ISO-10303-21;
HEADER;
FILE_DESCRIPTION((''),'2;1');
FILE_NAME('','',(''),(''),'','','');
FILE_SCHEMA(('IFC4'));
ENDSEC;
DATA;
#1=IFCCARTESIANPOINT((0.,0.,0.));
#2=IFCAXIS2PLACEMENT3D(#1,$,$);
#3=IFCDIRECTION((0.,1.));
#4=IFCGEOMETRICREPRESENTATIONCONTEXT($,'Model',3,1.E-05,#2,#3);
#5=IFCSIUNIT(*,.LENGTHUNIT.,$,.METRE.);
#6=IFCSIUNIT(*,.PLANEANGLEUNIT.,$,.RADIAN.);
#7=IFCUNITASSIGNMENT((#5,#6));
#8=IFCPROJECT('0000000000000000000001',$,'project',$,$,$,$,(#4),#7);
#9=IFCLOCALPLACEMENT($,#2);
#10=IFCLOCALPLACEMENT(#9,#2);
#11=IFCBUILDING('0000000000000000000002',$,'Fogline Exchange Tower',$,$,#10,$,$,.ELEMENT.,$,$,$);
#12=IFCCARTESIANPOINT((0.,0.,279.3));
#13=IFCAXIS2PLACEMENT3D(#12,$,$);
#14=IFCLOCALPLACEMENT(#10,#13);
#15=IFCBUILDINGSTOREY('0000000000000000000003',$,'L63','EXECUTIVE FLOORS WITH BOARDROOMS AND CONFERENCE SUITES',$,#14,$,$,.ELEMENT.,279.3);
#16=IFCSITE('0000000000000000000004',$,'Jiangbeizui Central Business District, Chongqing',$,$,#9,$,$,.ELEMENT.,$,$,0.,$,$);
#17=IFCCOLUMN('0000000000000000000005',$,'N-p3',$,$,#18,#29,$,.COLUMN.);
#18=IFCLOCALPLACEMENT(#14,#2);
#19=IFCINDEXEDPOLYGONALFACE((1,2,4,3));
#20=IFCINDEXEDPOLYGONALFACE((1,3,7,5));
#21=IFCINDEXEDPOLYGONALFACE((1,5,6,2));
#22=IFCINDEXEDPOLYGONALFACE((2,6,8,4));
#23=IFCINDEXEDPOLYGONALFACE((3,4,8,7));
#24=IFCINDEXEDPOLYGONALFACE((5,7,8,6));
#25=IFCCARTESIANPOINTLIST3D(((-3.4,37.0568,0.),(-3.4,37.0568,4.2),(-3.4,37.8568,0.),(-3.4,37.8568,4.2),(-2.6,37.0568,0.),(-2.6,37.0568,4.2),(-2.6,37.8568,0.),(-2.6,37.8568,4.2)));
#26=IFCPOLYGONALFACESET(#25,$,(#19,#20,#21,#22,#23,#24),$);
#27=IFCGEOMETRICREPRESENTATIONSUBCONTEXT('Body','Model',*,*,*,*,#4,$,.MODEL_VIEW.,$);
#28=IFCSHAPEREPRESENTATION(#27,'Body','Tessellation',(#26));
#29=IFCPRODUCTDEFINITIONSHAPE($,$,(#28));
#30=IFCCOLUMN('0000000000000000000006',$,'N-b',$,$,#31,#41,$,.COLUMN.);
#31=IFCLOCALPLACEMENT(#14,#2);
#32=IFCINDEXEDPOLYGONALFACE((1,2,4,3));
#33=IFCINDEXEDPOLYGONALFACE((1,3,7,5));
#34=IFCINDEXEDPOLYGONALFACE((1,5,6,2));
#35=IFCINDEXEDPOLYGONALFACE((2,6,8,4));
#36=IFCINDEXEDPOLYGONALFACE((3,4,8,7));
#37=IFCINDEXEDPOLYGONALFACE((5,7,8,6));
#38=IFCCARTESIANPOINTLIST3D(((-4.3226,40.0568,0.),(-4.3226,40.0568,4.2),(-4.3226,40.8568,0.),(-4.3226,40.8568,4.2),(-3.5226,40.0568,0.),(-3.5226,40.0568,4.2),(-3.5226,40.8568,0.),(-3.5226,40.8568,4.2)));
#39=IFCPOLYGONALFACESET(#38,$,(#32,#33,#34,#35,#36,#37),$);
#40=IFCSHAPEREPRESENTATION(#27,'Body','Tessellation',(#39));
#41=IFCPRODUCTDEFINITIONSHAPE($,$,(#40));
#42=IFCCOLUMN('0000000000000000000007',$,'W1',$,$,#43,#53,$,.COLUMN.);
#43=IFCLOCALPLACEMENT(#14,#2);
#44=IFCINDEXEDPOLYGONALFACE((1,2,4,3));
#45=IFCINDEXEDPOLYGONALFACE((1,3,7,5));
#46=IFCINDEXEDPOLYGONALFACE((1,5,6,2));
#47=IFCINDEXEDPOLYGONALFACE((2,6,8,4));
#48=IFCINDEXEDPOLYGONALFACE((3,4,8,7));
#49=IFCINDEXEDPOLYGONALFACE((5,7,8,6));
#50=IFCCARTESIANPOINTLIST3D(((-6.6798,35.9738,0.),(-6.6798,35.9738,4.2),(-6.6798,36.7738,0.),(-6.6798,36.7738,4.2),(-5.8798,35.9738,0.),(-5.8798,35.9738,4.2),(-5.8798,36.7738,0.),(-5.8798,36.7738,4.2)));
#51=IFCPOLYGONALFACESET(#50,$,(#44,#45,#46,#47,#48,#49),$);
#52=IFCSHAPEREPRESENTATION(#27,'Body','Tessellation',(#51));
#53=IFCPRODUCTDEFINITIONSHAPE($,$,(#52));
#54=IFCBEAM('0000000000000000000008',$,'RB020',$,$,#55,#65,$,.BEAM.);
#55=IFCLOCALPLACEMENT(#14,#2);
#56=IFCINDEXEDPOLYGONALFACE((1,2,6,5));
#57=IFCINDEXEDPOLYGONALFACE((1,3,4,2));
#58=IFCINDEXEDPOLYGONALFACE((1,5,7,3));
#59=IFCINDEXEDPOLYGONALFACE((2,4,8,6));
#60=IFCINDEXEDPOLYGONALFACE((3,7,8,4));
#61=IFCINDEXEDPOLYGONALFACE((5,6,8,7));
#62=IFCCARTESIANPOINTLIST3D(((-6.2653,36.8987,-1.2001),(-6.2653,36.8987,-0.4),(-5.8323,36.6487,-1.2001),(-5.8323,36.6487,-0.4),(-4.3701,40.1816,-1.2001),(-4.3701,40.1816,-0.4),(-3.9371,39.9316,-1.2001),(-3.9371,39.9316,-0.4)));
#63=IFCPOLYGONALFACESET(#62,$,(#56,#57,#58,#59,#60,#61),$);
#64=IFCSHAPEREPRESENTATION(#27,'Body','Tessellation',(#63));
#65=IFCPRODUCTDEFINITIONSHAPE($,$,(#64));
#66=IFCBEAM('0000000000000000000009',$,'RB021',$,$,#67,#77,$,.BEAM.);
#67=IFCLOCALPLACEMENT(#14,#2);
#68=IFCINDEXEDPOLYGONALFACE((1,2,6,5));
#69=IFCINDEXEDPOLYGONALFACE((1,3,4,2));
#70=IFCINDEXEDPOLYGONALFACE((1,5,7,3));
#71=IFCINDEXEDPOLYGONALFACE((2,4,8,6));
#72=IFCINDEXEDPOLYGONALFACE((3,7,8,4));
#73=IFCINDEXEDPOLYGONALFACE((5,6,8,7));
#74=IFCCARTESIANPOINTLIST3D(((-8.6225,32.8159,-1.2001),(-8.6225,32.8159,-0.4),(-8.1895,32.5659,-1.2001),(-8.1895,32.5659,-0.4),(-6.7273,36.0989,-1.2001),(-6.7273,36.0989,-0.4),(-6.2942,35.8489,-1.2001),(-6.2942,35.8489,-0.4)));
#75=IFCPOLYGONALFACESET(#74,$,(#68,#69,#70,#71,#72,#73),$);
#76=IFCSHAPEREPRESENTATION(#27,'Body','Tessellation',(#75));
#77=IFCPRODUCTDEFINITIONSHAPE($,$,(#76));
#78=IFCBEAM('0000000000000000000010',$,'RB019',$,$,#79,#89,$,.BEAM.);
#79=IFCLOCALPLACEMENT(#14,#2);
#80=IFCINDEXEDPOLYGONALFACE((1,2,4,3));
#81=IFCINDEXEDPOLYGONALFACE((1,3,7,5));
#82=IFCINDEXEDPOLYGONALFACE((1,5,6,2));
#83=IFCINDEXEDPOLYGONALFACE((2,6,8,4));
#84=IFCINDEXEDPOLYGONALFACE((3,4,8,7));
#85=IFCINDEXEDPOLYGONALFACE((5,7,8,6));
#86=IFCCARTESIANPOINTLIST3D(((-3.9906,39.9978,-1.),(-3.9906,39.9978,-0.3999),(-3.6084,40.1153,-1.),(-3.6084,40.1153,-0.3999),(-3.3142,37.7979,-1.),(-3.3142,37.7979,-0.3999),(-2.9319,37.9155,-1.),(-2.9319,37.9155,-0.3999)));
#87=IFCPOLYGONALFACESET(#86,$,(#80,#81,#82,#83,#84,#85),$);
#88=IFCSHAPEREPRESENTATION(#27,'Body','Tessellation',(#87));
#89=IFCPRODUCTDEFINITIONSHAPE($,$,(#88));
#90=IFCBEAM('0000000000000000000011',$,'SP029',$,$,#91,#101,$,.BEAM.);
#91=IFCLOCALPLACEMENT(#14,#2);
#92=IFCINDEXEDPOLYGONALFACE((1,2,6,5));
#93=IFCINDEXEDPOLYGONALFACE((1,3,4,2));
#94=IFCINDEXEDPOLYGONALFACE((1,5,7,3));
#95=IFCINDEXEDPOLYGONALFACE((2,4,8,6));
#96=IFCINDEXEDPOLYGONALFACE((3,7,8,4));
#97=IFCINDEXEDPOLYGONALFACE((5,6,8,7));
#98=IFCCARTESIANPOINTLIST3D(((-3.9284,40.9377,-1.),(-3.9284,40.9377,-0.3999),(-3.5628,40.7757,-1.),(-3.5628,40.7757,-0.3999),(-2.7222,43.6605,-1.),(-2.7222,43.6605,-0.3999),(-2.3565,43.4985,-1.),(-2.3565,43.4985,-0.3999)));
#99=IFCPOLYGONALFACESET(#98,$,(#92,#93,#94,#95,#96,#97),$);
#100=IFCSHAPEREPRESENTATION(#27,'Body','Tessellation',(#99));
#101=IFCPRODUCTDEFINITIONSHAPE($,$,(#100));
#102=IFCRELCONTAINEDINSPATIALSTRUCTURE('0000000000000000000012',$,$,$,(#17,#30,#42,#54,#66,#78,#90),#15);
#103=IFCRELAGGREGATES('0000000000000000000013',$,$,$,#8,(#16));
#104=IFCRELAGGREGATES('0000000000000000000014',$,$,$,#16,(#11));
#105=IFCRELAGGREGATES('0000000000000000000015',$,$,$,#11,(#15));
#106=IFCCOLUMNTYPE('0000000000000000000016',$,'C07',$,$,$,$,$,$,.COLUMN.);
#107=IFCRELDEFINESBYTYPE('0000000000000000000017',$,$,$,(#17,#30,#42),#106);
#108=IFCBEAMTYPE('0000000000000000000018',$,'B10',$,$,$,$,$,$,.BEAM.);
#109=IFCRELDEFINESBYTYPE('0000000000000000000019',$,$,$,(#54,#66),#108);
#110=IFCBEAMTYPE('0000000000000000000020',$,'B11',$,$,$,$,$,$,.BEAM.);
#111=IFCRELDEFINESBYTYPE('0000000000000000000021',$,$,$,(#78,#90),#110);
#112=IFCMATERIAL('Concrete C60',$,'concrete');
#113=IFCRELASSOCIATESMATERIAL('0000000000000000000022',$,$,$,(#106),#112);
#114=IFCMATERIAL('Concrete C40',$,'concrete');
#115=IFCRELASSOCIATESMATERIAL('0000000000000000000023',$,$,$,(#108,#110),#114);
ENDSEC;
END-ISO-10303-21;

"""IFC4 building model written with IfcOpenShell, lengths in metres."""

from ifc_helpers import new_model, si_unit, direction, frame, origin, origin_2d, place, context, subcontext, project, spatial, rectangle, extrude, material, material_profile, profile_set, type_object, element, save


model = new_model("IFC4")

# Units and contexts
model_context = context("Model", 3, precision=1e-05, world=origin(), true_north=direction((0.0, 1.0)))
body_context = subcontext(model_context, "Body", "Model", "MODEL_VIEW")
ifc_project = project(units=[si_unit("LENGTHUNIT", "METRE"), si_unit("PLANEANGLEUNIT", "RADIAN")], contexts=[model_context])

# Site, building, storey
site_placement = place(None, origin())
site = spatial("IfcSite", under=ifc_project, at=site_placement, Name="Jiangbeizui Central Business District, Chongqing", CompositionType="ELEMENT", RefElevation=0.0)
building_placement = place(site_placement, origin())
building = spatial("IfcBuilding", under=site, at=building_placement, Name="Fogline Exchange Tower", CompositionType="ELEMENT")
storey_placement = place(building_placement, frame((0.0, 0.0, 279.3)))
storey = spatial("IfcBuildingStorey", under=building, at=storey_placement, Name="L63", Description="EXECUTIVE FLOORS WITH BOARDROOMS AND CONFERENCE SUITES", CompositionType="ELEMENT", Elevation=279.3)

# Columns
ifc_material_1 = material(Name="Concrete C60", Category="concrete")
ifc_material_profile_1 = material_profile(ifc_material_1, rectangle(XDim=0.8, YDim=0.8, at=origin_2d()), Name="RC 800x800")
ifc_profile_set_1 = profile_set([ifc_material_profile_1], Name="Concrete C60")
column_type = type_object("IfcColumnType", Name="C07", PredefinedType="COLUMN", material=ifc_profile_set_1)
for number, where, z_axis, x_axis, name in (
    (1, (-3.0, 37.4568, 0.0), (0.0, 0.0, 1.0), (1.0, 0.0, 0.0), "N-p3"),
    (2, (-3.9226, 40.4568, 0.0), (0.0, 0.0, 1.0), (1.0, 0.0, 0.0), "N-b"),
    (3, (-6.2798, 36.3738, 0.0), (0.0, 0.0, 1.0), (1.0, 0.0, 0.0), "W1"),
):
    element("IfcColumn", number, at=place(storey_placement, frame(where, z_axis=z_axis, x_axis=x_axis)), inside=storey, type_object=column_type, Name=name, PredefinedType="COLUMN", context=body_context, shape_type="SweptSolid", body=[
        extrude(rectangle(XDim=0.8, YDim=0.8, at=origin_2d()), origin(), (0.0, 0.0, 1.0), 4.2),
    ])

# Beams
ifc_material_2 = material(Name="Concrete C40", Category="concrete")
ifc_material_profile_2 = material_profile(ifc_material_2, rectangle(XDim=0.5, YDim=0.8, at=origin_2d()), Name="RC 500x800")
ifc_profile_set_2 = profile_set([ifc_material_profile_2], Name="Concrete C40")
beam_type_1 = type_object("IfcBeamType", Name="B10", PredefinedType="BEAM", material=ifc_profile_set_2)
for number, where, z_axis, x_axis, name in (
    (4, (-4.1536, 40.0566, -0.8), (-0.49997, -0.866043, 0.0), (0.866043, -0.49997, 0.0), "RB020"),
    (5, (-6.5107, 35.9739, -0.8), (-0.49997, -0.866043, 0.0), (0.866043, -0.49997, 0.0), "RB021"),
):
    element("IfcBeam", number, at=place(storey_placement, frame(where, z_axis=z_axis, x_axis=x_axis)), inside=storey, type_object=beam_type_1, Name=name, PredefinedType="BEAM", context=body_context, shape_type="SweptSolid", body=[
        extrude(rectangle(XDim=0.5, YDim=0.8, at=origin_2d()), origin(), (0.0, 0.0, 1.0), 3.7908),
    ])
ifc_material_profile_3 = material_profile(ifc_material_2, rectangle(XDim=0.3999, YDim=0.6001, at=origin_2d()), Name="RC 400x600")
ifc_profile_set_3 = profile_set([ifc_material_profile_3], Name="Concrete C40")
beam_type_2 = type_object("IfcBeamType", Name="B11", PredefinedType="BEAM", material=ifc_profile_set_3)
beam_1_placement = place(storey_placement, frame((-3.123, 37.8567, -0.7), z_axis=(-0.293929, 0.955827, 0.0), x_axis=(-0.955827, -0.293929, 0.0)))
element("IfcBeam", 6, at=beam_1_placement, inside=storey, type_object=beam_type_2, Name="RB019", PredefinedType="BEAM", context=body_context, shape_type="SweptSolid", body=[
    extrude(rectangle(XDim=0.3999, YDim=0.6001, at=origin_2d()), origin(), (0.0, 0.0, 1.0), 2.3015),
])
beam_2_placement = place(storey_placement, frame((-3.7456, 40.8567, -0.7), z_axis=(0.40505, 0.914294, 0.0), x_axis=(-0.914294, 0.40505, 0.0)))
element("IfcBeam", 7, at=beam_2_placement, inside=storey, type_object=beam_type_2, Name="SP029", PredefinedType="BEAM", context=body_context, shape_type="SweptSolid", body=[
    extrude(rectangle(XDim=0.3999, YDim=0.6001, at=origin_2d()), origin(), (0.0, 0.0, 1.0), 2.978),
])

save(model, "model.ifc")
